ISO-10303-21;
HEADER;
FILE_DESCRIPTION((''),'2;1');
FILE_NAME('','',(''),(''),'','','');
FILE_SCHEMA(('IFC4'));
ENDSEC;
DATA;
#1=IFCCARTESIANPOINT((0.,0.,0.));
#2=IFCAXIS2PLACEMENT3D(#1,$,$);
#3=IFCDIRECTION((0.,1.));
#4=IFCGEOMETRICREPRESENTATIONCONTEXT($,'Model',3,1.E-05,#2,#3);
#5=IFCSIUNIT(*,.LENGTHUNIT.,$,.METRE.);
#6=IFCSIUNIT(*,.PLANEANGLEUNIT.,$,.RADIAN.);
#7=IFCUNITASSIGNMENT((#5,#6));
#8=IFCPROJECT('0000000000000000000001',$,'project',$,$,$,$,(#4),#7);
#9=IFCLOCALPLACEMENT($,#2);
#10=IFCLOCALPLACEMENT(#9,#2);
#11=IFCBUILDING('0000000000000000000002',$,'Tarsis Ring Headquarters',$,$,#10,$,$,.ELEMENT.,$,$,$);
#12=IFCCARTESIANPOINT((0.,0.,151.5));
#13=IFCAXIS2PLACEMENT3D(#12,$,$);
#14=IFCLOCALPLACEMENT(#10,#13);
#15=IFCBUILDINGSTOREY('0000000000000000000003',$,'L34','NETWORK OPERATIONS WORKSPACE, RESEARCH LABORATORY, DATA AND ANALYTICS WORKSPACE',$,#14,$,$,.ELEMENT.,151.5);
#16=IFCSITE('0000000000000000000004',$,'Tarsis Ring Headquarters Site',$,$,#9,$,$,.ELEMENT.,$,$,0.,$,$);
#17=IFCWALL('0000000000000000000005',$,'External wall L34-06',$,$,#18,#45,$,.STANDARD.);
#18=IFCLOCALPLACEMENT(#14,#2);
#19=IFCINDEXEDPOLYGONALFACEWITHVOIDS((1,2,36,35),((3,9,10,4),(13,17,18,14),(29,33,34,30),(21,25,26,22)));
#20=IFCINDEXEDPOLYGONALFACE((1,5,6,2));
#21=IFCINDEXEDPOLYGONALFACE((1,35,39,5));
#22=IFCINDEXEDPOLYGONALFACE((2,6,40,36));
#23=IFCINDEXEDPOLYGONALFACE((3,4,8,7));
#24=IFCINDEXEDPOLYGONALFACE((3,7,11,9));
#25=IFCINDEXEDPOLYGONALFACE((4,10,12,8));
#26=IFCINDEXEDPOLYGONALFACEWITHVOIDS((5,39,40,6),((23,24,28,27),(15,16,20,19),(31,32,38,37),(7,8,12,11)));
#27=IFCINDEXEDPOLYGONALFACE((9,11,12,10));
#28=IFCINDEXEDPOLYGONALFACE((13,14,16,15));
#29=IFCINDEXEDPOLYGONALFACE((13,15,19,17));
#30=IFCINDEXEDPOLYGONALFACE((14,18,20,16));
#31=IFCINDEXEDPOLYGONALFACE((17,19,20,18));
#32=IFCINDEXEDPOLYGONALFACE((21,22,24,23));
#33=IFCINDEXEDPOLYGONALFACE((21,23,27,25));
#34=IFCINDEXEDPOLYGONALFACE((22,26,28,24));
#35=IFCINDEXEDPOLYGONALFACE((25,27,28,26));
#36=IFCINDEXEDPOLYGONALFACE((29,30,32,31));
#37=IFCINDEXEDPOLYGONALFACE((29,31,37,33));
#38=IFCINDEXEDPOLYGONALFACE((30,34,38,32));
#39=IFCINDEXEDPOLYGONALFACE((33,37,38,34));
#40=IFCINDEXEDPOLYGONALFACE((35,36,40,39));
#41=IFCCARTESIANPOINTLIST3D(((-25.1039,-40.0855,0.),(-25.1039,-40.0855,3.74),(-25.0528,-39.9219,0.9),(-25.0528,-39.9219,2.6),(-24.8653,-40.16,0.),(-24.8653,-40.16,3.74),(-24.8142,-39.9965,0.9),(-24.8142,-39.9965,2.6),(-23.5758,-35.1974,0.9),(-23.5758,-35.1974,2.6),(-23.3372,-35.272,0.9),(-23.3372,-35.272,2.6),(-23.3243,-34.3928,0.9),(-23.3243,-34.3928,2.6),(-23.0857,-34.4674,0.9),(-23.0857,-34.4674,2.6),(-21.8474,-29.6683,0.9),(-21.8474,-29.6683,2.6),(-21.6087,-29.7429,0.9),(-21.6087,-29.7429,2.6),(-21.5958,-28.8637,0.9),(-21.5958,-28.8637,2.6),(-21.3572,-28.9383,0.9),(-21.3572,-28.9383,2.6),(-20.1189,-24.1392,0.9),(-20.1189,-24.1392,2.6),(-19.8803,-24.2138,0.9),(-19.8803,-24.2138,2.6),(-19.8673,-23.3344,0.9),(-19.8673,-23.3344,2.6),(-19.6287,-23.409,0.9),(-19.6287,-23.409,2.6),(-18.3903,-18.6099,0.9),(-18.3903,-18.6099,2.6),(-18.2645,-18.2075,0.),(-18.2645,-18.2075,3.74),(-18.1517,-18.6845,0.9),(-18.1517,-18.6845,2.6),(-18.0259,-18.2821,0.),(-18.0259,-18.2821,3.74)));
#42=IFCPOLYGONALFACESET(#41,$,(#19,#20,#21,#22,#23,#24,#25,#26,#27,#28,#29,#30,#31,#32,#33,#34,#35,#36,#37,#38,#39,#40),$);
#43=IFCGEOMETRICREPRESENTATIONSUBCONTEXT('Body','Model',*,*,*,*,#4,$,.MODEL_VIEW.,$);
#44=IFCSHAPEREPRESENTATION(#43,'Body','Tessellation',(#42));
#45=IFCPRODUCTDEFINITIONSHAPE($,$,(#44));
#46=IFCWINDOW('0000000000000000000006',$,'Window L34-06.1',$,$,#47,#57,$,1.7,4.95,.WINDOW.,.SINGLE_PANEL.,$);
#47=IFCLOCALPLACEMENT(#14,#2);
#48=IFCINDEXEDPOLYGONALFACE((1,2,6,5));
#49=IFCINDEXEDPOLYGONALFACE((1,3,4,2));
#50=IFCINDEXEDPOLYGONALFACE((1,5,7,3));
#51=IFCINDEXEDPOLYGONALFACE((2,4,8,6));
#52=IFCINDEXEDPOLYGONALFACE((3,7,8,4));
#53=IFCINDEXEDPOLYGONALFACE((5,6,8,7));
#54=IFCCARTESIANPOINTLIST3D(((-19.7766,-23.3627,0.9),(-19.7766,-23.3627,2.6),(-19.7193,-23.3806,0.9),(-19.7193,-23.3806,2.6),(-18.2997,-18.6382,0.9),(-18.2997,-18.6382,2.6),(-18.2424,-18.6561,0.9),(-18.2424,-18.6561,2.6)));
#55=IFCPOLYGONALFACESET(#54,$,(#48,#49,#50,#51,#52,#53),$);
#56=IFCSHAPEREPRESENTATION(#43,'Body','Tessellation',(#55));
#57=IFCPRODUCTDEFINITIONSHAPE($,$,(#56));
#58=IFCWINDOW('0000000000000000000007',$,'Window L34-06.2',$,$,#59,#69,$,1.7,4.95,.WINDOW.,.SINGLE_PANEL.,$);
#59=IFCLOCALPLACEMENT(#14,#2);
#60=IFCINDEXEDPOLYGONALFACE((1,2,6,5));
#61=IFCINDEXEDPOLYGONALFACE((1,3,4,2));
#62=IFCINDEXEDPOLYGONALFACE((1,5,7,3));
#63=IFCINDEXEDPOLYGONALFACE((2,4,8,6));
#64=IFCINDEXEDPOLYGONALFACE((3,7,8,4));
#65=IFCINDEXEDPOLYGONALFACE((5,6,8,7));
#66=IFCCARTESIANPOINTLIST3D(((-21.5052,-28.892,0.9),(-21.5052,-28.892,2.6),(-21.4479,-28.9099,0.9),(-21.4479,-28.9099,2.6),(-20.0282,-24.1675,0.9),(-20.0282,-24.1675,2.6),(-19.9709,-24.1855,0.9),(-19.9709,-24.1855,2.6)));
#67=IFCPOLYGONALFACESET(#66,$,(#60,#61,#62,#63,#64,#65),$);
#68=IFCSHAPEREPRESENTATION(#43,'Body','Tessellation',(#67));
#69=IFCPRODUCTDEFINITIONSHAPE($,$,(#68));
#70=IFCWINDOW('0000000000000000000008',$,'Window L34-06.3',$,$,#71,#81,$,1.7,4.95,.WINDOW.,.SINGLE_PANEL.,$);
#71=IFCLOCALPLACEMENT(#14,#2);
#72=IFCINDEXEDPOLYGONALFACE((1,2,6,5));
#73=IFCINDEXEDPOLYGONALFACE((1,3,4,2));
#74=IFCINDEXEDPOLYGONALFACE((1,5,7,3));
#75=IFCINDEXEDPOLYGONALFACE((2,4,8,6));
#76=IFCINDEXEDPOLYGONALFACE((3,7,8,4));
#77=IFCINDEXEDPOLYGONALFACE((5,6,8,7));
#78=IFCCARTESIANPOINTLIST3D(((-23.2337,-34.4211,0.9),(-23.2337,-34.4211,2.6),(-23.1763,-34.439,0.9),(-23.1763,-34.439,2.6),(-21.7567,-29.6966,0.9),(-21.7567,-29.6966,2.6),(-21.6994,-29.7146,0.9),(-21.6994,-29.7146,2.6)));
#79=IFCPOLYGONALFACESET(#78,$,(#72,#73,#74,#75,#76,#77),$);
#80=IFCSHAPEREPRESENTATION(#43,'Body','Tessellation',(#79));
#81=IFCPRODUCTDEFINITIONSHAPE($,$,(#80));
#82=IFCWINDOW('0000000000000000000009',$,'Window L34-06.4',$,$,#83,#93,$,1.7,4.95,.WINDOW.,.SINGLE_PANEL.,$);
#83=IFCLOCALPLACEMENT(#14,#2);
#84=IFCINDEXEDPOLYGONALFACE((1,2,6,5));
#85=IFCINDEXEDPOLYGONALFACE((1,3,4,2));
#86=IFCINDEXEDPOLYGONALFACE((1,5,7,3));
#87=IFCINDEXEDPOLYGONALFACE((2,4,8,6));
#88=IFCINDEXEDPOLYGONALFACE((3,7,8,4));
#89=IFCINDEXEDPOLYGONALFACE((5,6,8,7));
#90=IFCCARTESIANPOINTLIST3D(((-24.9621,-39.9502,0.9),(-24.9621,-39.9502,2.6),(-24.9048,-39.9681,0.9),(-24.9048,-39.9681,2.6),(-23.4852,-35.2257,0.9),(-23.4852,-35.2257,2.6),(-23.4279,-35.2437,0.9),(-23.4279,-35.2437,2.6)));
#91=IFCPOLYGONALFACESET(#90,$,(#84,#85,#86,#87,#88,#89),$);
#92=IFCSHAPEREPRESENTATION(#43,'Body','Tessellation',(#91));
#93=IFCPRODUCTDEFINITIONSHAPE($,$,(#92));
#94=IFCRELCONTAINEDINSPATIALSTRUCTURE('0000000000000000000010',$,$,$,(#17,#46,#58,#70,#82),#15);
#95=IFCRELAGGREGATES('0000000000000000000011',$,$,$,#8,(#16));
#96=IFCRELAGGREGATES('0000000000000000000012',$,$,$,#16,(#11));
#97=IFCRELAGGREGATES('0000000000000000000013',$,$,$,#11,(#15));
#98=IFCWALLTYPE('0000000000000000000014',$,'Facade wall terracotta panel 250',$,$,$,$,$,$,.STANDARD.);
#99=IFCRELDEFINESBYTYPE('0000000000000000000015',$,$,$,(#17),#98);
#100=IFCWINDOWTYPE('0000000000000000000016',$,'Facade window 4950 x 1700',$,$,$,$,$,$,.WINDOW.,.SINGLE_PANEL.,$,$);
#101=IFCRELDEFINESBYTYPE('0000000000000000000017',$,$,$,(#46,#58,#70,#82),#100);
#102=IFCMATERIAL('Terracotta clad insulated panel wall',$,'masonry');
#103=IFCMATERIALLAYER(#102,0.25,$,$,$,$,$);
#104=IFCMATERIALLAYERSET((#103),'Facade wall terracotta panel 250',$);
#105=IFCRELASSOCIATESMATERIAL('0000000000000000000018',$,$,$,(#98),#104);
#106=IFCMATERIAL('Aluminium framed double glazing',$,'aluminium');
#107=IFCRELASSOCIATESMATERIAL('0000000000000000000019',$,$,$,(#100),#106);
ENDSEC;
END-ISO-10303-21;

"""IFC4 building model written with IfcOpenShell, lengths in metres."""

from ifc_helpers import new_model, si_unit, direction, frame, frame_2d, origin, place, context, subcontext, project, spatial, rectangle, extrude, material, layer, layer_set, type_object, element, fill, save


model = new_model("IFC4")

# Units and contexts
model_context = context("Model", 3, precision=1e-05, world=origin(), true_north=direction((0.0, 1.0)))
body_context = subcontext(model_context, "Body", "Model", "MODEL_VIEW")
ifc_project = project(units=[si_unit("LENGTHUNIT", "METRE"), si_unit("PLANEANGLEUNIT", "RADIAN")], contexts=[model_context])

# Site, building, storey
site_placement = place(None, origin())
site = spatial("IfcSite", under=ifc_project, at=site_placement, Name="Tarsis Ring Headquarters Site", CompositionType="ELEMENT", RefElevation=0.0)
building_placement = place(site_placement, origin())
building = spatial("IfcBuilding", under=site, at=building_placement, Name="Tarsis Ring Headquarters", CompositionType="ELEMENT")
storey_placement = place(building_placement, frame((0.0, 0.0, 151.5)))
storey = spatial("IfcBuildingStorey", under=building, at=storey_placement, Name="L34", Description="NETWORK OPERATIONS WORKSPACE, RESEARCH LABORATORY, DATA AND ANALYTICS WORKSPACE", CompositionType="ELEMENT", Elevation=151.5)

# Shared definitions
ifc_material_1 = material(Name="Terracotta clad insulated panel wall", Category="masonry")
ifc_layer_1 = layer(ifc_material_1, 0.25)
ifc_layer_set_1 = layer_set([ifc_layer_1], Name="Facade wall terracotta panel 250")
wall_type_1 = type_object("IfcWallType", Name="Facade wall terracotta panel 250", PredefinedType="STANDARD", material=ifc_layer_set_1)
ifc_material_2 = material(Name="Aluminium framed double glazing", Category="aluminium")

# Wall, openings, windows
wall_1_placement = place(storey_placement, frame((-18.1453, -18.2449, 0.0), z_axis=(0.0, 0.0, 1.0), x_axis=(-0.298374, -0.954449, 0.0)))
wall_1 = element("IfcWall", 1, at=wall_1_placement, inside=storey, type_object=wall_type_1, Name="External wall L34-06", PredefinedType="STANDARD", context=body_context, shape_type="SweptSolid", body=[
    extrude(rectangle(XDim=22.9221, YDim=0.25, at=frame_2d((11.4609, 0.0))), origin(), (0.0, 0.0, 1.0), 3.74),
])
opening_1_placement = place(wall_1_placement, frame((0.4214, 0.0, 0.8999)))
opening_1 = element("IfcOpeningElement", 2, at=opening_1_placement, cuts=wall_1, PredefinedType="OPENING", context=body_context, shape_type="SweptSolid", body=[
    extrude(rectangle(XDim=4.95, YDim=1.7, at=frame_2d((2.4751, 0.8501))), frame((0.0, 0.135, 0.0), z_axis=(0.0, -1.0, 0.0), x_axis=(1.0, 0.0, 0.0)), (0.0, 0.0, 1.0), 0.27),
])
opening_2_placement = place(wall_1_placement, frame((6.2146, 0.0, 0.8999)))
opening_2 = element("IfcOpeningElement", 3, at=opening_2_placement, cuts=wall_1, PredefinedType="OPENING", context=body_context, shape_type="SweptSolid", body=[
    extrude(rectangle(XDim=4.95, YDim=1.7, at=frame_2d((2.4751, 0.8501))), frame((0.0, 0.135, 0.0), z_axis=(0.0, -1.0, 0.0), x_axis=(1.0, 0.0, 0.0)), (0.0, 0.0, 1.0), 0.27),
])
opening_3_placement = place(wall_1_placement, frame((12.0076, 0.0, 0.8999)))
opening_3 = element("IfcOpeningElement", 4, at=opening_3_placement, cuts=wall_1, PredefinedType="OPENING", context=body_context, shape_type="SweptSolid", body=[
    extrude(rectangle(XDim=4.95, YDim=1.7, at=frame_2d((2.4751, 0.8501))), frame((0.0, 0.135, 0.0), z_axis=(0.0, -1.0, 0.0), x_axis=(1.0, 0.0, 0.0)), (0.0, 0.0, 1.0), 0.27),
])
opening_4_placement = place(wall_1_placement, frame((17.8005, 0.0, 0.8999)))
opening_4 = element("IfcOpeningElement", 5, at=opening_4_placement, cuts=wall_1, PredefinedType="OPENING", context=body_context, shape_type="SweptSolid", body=[
    extrude(rectangle(XDim=4.95, YDim=1.7, at=frame_2d((2.4751, 0.8501))), frame((0.0, 0.135, 0.0), z_axis=(0.0, -1.0, 0.0), x_axis=(1.0, 0.0, 0.0)), (0.0, 0.0, 1.0), 0.27),
])
window_type_1 = type_object("IfcWindowType", Name="Facade window 4950 x 1700", PartitioningType="SINGLE_PANEL", PredefinedType="WINDOW", material=ifc_material_2)
window_1_placement = place(opening_1_placement, origin())
window_1 = element("IfcWindow", 6, at=window_1_placement, inside=storey, type_object=window_type_1, Name="Window L34-06.1", OverallHeight=1.7, OverallWidth=4.95, PartitioningType="SINGLE_PANEL", PredefinedType="WINDOW", context=body_context, shape_type="SweptSolid", body=[
    extrude(rectangle(XDim=4.95, YDim=1.7, at=frame_2d((2.4751, 0.8501))), frame((0.0, 0.03, 0.0), z_axis=(0.0, -1.0, 0.0), x_axis=(1.0, 0.0, 0.0)), (0.0, 0.0, 1.0), 0.0601),
])
fill(opening_1, window_1)
window_2_placement = place(opening_2_placement, origin())
window_2 = element("IfcWindow", 7, at=window_2_placement, inside=storey, type_object=window_type_1, Name="Window L34-06.2", OverallHeight=1.7, OverallWidth=4.95, PartitioningType="SINGLE_PANEL", PredefinedType="WINDOW", context=body_context, shape_type="SweptSolid", body=[
    extrude(rectangle(XDim=4.95, YDim=1.7, at=frame_2d((2.4751, 0.8501))), frame((0.0, 0.03, 0.0), z_axis=(0.0, -1.0, 0.0), x_axis=(1.0, 0.0, 0.0)), (0.0, 0.0, 1.0), 0.0601),
])
fill(opening_2, window_2)
window_3_placement = place(opening_3_placement, origin())
window_3 = element("IfcWindow", 8, at=window_3_placement, inside=storey, type_object=window_type_1, Name="Window L34-06.3", OverallHeight=1.7, OverallWidth=4.95, PartitioningType="SINGLE_PANEL", PredefinedType="WINDOW", context=body_context, shape_type="SweptSolid", body=[
    extrude(rectangle(XDim=4.95, YDim=1.7, at=frame_2d((2.4751, 0.8501))), frame((0.0, 0.03, 0.0), z_axis=(0.0, -1.0, 0.0), x_axis=(1.0, 0.0, 0.0)), (0.0, 0.0, 1.0), 0.0601),
])
fill(opening_3, window_3)
window_4_placement = place(opening_4_placement, origin())
window_4 = element("IfcWindow", 9, at=window_4_placement, inside=storey, type_object=window_type_1, Name="Window L34-06.4", OverallHeight=1.7, OverallWidth=4.95, PartitioningType="SINGLE_PANEL", PredefinedType="WINDOW", context=body_context, shape_type="SweptSolid", body=[
    extrude(rectangle(XDim=4.95, YDim=1.7, at=frame_2d((2.4751, 0.8501))), frame((0.0, 0.03, 0.0), z_axis=(0.0, -1.0, 0.0), x_axis=(1.0, 0.0, 0.0)), (0.0, 0.0, 1.0), 0.0601),
])
fill(opening_4, window_4)

save(model, "model.ifc")
